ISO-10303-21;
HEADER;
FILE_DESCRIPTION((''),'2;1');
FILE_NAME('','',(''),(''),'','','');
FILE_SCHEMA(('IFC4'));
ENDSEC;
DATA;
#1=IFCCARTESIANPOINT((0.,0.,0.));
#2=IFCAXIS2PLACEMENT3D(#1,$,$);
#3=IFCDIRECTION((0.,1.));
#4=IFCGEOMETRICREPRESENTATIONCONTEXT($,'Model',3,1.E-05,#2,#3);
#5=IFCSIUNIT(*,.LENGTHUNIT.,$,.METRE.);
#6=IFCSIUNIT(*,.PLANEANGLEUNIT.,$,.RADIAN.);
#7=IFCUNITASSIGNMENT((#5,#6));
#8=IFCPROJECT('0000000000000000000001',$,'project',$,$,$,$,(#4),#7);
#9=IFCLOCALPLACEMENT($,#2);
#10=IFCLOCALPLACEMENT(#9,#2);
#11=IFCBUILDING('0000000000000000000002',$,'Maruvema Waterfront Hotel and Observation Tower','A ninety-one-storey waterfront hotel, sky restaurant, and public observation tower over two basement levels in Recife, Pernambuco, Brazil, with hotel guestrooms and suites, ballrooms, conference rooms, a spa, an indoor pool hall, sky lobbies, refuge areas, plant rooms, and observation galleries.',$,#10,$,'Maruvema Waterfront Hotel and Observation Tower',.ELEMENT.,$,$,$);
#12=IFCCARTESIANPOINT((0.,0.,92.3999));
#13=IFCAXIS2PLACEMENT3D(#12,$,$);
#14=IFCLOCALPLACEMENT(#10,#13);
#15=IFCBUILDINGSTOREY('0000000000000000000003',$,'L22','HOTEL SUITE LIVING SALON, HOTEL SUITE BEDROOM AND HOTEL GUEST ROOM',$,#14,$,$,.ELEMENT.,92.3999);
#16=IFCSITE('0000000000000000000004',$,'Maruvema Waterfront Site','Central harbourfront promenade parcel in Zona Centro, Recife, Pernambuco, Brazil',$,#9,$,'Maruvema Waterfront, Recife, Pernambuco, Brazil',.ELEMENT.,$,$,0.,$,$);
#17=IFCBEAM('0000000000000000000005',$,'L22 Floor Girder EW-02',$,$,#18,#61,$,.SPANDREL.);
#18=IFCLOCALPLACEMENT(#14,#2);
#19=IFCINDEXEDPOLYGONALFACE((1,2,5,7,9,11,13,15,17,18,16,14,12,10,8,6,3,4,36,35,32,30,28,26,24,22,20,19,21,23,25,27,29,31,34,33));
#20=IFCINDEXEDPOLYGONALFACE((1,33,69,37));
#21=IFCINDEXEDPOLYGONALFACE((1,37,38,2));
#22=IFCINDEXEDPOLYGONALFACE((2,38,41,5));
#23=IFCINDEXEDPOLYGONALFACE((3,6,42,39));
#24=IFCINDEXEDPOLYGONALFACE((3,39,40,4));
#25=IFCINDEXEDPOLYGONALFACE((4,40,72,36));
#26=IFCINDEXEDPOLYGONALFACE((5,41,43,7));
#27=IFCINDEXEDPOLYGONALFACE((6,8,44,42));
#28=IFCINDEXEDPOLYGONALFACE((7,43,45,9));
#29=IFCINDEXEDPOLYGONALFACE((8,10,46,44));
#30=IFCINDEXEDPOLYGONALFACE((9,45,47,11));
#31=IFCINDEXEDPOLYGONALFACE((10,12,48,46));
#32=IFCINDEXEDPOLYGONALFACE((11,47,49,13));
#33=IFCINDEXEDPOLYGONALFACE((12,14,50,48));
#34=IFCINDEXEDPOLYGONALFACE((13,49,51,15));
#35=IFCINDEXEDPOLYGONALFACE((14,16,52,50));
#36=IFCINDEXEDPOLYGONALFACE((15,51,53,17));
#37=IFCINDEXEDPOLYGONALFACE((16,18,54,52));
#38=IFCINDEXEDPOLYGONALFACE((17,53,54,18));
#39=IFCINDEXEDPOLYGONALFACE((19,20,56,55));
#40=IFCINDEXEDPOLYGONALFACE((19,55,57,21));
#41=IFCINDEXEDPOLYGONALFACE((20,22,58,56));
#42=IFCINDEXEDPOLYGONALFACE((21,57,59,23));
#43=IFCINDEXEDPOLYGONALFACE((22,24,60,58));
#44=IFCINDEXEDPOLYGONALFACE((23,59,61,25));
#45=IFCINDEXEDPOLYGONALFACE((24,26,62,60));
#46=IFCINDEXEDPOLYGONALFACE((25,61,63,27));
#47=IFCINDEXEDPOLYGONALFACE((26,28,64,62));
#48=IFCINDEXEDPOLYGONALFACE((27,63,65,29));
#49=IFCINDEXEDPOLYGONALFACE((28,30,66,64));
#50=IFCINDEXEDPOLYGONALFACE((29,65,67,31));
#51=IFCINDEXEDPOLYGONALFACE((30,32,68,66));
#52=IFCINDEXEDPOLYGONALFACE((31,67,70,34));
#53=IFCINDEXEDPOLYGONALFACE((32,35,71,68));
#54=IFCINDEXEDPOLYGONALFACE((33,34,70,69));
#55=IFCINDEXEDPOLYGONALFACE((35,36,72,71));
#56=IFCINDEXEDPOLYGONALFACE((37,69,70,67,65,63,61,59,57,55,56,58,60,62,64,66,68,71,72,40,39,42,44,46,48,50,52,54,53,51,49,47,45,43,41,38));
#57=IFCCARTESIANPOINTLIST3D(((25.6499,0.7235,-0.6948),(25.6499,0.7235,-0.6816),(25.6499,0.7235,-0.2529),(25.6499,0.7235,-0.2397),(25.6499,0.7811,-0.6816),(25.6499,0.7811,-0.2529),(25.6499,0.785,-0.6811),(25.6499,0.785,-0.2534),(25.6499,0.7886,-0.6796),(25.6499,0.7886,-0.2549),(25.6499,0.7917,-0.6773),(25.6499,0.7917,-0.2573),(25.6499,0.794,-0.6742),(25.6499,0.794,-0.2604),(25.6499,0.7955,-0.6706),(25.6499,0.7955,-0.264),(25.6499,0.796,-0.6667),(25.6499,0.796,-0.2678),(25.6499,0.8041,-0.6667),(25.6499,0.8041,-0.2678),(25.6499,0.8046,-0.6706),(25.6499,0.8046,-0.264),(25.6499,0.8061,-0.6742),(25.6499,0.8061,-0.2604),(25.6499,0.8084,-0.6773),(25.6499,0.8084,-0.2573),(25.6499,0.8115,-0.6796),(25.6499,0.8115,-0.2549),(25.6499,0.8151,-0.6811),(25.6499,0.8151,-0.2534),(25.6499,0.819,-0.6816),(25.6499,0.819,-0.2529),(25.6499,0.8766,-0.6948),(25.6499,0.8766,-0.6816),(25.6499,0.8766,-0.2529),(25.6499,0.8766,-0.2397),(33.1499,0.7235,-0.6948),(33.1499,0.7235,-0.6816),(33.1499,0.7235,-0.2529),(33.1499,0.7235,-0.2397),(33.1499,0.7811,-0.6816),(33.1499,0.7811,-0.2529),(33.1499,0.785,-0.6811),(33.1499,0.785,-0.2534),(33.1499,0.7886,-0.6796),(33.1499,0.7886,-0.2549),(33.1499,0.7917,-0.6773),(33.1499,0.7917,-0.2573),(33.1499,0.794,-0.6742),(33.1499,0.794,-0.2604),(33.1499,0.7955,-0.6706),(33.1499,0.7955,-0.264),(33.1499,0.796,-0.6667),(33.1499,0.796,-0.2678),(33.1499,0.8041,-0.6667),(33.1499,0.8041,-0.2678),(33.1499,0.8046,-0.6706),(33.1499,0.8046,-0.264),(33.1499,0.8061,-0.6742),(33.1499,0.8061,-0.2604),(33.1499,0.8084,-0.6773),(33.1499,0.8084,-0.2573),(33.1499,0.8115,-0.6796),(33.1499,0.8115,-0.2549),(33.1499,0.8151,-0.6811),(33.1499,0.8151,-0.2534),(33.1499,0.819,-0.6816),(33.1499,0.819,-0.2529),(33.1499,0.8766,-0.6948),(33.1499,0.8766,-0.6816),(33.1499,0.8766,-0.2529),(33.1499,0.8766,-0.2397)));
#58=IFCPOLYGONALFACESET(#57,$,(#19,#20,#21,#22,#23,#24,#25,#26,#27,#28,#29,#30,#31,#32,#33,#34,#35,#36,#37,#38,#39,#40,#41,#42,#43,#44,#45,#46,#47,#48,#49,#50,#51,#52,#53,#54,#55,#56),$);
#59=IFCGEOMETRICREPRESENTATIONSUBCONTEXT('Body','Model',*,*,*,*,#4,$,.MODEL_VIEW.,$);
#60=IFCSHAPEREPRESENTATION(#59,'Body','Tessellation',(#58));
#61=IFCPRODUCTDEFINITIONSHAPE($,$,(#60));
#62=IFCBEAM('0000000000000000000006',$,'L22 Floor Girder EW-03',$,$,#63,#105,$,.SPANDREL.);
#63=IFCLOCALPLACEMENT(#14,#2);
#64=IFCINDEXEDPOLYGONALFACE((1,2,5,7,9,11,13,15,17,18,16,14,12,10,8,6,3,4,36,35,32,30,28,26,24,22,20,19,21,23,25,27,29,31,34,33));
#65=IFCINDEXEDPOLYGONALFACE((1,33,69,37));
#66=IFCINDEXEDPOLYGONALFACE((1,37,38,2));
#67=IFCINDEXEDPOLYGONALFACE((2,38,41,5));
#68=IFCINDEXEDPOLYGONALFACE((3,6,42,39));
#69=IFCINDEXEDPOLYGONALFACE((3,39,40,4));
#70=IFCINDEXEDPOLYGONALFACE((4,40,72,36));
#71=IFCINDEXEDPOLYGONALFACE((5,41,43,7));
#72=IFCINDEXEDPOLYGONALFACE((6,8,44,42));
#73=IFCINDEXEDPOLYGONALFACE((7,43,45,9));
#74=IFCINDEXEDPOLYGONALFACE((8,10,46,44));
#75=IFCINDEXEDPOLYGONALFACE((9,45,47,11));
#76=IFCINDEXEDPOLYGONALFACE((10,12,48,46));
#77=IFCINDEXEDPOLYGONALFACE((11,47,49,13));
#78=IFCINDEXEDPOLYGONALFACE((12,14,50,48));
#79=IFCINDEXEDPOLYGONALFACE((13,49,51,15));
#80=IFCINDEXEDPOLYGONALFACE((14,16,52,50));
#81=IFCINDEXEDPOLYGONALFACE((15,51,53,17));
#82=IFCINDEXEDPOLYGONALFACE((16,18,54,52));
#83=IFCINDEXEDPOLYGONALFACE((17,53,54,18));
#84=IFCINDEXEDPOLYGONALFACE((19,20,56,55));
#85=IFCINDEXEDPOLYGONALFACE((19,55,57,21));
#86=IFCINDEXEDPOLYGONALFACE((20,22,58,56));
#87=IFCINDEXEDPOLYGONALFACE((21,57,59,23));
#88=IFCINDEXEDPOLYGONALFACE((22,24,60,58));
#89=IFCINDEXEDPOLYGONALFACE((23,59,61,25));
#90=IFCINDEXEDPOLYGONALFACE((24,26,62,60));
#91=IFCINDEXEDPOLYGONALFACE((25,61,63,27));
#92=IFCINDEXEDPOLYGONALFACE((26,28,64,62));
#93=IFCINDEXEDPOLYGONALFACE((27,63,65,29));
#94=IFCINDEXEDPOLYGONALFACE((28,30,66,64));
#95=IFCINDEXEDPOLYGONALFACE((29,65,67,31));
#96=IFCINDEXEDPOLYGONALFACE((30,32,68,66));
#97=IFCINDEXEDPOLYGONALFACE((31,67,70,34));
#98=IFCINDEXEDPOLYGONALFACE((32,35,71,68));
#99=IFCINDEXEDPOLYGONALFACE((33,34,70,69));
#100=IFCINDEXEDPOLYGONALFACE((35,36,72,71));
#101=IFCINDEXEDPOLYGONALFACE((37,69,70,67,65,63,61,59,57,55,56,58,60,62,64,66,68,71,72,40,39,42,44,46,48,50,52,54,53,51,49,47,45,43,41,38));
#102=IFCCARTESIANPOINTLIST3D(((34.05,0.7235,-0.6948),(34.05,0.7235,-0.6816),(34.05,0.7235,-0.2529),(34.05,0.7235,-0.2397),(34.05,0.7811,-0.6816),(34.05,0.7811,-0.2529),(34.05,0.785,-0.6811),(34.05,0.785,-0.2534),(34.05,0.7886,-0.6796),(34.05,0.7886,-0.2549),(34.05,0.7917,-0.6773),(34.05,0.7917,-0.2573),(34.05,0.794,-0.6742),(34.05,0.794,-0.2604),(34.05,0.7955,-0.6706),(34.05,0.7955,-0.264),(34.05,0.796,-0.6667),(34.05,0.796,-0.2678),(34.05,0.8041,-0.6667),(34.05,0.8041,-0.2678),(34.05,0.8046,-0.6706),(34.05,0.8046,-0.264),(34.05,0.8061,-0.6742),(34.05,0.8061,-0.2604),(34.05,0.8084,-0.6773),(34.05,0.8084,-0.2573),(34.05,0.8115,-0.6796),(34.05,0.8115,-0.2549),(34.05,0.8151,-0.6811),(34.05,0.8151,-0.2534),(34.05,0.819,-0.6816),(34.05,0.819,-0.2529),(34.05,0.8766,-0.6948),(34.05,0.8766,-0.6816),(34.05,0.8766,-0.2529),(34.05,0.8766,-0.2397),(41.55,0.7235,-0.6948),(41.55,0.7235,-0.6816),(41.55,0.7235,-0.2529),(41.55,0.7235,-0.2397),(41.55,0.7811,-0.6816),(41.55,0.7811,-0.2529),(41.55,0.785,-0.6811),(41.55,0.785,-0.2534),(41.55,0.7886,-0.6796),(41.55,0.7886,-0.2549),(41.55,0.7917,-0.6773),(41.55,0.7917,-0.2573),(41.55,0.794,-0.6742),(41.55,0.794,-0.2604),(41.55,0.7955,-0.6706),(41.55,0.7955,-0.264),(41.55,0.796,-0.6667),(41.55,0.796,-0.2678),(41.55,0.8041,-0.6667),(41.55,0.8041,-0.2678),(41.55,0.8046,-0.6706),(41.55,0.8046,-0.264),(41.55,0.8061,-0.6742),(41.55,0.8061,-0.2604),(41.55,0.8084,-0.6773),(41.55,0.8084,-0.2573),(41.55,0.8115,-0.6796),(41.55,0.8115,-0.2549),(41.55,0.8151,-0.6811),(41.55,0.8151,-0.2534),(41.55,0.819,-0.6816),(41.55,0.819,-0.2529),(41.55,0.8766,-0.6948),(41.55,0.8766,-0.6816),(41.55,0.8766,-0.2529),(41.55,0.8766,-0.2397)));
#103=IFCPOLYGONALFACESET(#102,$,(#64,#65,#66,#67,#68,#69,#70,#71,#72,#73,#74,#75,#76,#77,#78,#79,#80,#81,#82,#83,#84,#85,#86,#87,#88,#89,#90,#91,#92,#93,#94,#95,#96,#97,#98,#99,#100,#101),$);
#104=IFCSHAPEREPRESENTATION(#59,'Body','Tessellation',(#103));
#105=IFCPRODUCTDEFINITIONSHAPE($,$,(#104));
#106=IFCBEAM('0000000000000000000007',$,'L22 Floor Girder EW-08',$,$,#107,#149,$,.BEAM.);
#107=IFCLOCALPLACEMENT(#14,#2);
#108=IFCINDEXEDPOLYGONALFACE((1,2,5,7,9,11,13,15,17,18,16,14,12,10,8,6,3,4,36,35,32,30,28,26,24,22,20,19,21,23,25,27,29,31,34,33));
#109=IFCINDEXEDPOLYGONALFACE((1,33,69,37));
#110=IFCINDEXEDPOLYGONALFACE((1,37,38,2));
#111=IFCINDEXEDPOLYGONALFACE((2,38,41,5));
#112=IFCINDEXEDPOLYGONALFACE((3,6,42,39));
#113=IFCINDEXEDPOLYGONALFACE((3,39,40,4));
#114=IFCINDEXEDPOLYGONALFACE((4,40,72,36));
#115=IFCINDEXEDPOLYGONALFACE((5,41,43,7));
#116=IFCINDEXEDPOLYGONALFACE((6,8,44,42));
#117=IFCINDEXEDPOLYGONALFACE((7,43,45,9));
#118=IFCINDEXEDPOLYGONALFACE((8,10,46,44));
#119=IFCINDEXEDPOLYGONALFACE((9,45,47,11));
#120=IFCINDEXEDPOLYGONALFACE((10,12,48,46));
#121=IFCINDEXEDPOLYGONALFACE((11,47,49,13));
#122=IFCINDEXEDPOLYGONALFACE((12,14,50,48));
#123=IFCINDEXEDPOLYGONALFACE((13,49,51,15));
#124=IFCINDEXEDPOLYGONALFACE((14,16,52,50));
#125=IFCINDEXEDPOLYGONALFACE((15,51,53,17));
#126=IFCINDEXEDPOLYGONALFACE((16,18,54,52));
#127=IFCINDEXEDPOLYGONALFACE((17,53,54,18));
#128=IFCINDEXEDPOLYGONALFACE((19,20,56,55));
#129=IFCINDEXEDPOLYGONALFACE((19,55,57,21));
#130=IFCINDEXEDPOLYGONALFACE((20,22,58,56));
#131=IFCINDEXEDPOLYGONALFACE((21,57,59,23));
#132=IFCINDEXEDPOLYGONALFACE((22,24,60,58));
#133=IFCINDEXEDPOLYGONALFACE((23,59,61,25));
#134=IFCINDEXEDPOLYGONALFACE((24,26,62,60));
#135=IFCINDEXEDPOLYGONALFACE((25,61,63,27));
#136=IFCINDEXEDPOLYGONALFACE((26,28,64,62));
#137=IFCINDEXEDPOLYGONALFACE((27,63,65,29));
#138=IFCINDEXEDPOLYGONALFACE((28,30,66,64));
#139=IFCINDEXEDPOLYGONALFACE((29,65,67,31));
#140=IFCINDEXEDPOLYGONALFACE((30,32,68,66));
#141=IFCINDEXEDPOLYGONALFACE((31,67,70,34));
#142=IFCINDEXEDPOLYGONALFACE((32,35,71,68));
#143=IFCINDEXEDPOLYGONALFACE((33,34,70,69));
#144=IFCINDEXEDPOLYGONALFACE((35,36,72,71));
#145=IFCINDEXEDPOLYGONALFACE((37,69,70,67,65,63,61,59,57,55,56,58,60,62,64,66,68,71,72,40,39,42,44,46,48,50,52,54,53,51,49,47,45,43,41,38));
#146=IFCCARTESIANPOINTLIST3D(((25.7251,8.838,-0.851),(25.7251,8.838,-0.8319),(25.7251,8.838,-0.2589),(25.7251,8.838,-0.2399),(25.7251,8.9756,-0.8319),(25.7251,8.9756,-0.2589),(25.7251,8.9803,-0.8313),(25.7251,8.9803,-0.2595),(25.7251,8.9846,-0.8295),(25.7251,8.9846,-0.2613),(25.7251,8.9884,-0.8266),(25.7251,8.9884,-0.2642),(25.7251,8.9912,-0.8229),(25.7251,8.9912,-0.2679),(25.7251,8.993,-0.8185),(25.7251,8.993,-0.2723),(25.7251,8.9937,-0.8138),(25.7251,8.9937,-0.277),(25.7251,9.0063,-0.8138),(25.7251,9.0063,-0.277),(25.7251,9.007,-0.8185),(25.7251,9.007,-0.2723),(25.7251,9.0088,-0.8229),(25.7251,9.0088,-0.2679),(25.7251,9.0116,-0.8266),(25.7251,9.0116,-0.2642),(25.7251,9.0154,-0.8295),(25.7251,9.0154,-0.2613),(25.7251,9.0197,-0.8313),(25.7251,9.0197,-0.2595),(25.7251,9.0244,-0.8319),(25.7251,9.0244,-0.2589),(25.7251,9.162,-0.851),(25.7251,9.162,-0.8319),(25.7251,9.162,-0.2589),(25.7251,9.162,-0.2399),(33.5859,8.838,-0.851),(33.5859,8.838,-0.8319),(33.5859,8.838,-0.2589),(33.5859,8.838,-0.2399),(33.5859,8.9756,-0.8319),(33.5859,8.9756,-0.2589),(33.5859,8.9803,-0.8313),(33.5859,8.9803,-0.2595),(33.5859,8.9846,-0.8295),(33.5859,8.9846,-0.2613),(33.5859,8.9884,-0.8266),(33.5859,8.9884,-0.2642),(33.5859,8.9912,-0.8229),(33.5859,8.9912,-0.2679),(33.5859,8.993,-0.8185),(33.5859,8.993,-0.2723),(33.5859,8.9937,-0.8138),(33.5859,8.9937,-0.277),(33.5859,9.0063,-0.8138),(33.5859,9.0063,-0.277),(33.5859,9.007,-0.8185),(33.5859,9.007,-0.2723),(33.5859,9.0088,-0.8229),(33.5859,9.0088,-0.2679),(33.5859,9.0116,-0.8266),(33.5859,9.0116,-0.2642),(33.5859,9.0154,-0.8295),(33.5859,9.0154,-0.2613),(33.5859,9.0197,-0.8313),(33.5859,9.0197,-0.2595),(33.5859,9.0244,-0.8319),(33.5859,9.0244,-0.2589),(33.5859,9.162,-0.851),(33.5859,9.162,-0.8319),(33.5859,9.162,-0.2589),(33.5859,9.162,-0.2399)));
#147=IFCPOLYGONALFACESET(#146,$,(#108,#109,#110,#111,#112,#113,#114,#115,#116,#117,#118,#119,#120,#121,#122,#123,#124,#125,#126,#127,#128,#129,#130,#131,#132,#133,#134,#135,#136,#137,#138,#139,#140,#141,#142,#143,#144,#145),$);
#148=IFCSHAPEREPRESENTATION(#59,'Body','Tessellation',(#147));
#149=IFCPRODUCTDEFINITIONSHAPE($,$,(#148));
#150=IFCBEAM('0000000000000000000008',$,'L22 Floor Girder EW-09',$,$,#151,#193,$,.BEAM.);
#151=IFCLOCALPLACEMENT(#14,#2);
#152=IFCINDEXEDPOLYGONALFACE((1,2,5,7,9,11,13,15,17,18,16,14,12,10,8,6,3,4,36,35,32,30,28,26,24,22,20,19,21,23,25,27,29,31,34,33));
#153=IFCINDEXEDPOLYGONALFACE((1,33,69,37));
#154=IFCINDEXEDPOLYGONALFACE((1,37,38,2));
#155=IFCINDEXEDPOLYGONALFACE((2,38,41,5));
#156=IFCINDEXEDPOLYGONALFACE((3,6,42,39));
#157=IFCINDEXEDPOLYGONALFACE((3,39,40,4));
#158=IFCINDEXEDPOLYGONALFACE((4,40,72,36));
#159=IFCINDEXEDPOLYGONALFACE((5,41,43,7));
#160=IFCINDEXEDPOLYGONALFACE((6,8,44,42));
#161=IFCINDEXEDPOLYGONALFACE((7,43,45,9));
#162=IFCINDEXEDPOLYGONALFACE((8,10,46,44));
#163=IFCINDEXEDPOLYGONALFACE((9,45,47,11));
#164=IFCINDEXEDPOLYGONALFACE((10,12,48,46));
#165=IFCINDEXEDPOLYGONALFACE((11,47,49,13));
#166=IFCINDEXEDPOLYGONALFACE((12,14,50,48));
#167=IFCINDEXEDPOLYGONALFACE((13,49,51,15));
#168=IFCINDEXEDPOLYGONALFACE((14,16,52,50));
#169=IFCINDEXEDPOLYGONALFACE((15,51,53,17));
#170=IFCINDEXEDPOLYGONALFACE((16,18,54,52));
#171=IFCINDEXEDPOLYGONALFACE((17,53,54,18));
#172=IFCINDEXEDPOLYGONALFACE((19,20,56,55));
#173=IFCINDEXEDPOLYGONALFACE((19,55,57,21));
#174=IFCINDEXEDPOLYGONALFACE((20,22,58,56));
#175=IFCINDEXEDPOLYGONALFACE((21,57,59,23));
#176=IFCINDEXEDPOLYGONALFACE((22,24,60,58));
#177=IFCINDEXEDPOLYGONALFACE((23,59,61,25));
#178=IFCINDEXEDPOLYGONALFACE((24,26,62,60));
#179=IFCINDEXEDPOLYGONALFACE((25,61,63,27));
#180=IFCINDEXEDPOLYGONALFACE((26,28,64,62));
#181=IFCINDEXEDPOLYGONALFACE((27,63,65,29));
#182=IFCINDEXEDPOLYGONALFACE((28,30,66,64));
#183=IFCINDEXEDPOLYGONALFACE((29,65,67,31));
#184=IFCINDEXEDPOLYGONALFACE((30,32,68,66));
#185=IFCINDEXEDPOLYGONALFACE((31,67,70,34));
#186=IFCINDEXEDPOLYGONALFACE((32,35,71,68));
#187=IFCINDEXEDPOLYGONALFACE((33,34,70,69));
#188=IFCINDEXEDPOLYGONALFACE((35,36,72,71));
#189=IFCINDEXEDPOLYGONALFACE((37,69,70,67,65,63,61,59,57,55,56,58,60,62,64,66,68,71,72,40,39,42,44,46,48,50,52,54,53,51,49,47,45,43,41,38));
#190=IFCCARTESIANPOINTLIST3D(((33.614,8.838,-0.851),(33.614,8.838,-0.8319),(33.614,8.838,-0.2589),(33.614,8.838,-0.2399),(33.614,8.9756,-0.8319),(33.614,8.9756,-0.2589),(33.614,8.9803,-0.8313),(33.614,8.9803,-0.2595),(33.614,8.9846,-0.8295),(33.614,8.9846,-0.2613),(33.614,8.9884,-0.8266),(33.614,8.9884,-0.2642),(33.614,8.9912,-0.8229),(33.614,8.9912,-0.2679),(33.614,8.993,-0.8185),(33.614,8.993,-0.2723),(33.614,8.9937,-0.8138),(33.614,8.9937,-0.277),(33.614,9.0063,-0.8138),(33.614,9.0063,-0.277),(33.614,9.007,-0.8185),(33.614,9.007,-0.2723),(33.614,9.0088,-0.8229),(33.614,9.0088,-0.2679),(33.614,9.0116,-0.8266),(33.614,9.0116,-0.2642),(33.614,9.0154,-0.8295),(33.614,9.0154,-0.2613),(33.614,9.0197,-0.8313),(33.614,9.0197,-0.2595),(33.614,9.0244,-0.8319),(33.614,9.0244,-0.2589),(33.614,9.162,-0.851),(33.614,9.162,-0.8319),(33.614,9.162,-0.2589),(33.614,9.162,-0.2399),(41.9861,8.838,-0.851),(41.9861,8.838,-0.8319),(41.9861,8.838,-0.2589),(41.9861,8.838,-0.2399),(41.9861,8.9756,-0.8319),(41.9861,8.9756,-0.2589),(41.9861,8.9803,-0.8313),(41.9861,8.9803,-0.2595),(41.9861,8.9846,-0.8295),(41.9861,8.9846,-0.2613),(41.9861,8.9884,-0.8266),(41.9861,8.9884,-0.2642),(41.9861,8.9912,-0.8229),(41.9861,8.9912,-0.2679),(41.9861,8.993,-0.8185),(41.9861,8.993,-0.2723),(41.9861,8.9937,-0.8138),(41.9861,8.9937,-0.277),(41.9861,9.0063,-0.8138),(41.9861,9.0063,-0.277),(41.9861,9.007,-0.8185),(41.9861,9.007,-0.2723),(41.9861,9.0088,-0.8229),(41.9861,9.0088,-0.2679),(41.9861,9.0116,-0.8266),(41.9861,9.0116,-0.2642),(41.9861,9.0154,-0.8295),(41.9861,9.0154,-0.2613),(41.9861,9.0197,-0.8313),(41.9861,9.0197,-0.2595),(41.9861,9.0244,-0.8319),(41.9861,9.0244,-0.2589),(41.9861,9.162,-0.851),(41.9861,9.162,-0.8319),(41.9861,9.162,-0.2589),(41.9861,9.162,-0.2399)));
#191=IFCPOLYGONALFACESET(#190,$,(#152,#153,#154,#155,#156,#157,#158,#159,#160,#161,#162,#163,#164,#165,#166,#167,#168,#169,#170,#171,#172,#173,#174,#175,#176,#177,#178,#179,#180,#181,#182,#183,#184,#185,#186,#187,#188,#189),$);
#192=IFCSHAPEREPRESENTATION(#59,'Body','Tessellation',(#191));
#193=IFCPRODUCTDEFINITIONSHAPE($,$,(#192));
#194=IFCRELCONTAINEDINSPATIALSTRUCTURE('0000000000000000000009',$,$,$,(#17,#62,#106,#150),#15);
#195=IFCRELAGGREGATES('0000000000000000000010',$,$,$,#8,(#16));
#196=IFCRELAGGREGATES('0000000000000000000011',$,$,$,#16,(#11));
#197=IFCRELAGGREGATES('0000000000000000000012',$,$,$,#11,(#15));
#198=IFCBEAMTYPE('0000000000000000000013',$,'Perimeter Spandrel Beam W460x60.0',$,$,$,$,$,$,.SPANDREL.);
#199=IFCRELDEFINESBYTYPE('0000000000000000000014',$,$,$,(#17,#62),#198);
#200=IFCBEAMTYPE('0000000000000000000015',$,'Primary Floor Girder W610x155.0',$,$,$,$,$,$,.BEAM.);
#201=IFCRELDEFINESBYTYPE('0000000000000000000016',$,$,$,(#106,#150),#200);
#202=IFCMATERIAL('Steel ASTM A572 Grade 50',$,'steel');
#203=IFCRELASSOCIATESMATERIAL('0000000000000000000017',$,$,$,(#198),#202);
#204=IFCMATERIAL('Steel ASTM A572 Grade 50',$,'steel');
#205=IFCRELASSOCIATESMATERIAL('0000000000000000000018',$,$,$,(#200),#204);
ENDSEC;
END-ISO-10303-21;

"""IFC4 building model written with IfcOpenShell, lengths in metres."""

from ifc_helpers import new_model, si_unit, direction, frame, origin, origin_2d, place, context, subcontext, project, spatial, i_section, extrude, material, material_profile, profile_set, type_object, element, save


model = new_model("IFC4")

# Units and contexts
model_context = context("Model", 3, precision=1e-05, world=origin(), true_north=direction((0.0, 1.0)))
body_context = subcontext(model_context, "Body", "Model", "MODEL_VIEW")
ifc_project = project(units=[si_unit("LENGTHUNIT", "METRE"), si_unit("PLANEANGLEUNIT", "RADIAN")], contexts=[model_context])

# Site, building, storey
site_placement = place(None, origin())
site = spatial("IfcSite", under=ifc_project, at=site_placement, Name="Maruvema Waterfront Site", Description="Central harbourfront promenade parcel in Zona Centro, Recife, Pernambuco, Brazil", LongName="Maruvema Waterfront, Recife, Pernambuco, Brazil", CompositionType="ELEMENT", RefElevation=0.0)
building_placement = place(site_placement, origin())
building = spatial("IfcBuilding", under=site, at=building_placement, Name="Maruvema Waterfront Hotel and Observation Tower", Description="A ninety-one-storey waterfront hotel, sky restaurant, and public observation tower over two basement levels in Recife, Pernambuco, Brazil, with hotel guestrooms and suites, ballrooms, conference rooms, a spa, an indoor pool hall, sky lobbies, refuge areas, plant rooms, and observation galleries.", LongName="Maruvema Waterfront Hotel and Observation Tower", CompositionType="ELEMENT")
storey_placement = place(building_placement, frame((0.0, 0.0, 92.3999)))
storey = spatial("IfcBuildingStorey", under=building, at=storey_placement, Name="L22", Description="HOTEL SUITE LIVING SALON, HOTEL SUITE BEDROOM AND HOTEL GUEST ROOM", CompositionType="ELEMENT", Elevation=92.3999)

# Beams
ifc_material_1 = material(Name="Steel ASTM A572 Grade 50", Category="steel")
ifc_material_profile_1 = material_profile(ifc_material_1, i_section(OverallWidth=0.1531, OverallDepth=0.4551, WebThickness=0.0081, FlangeThickness=0.0132, FilletRadius=0.0149, at=origin_2d()), Name="W460x60.0")
ifc_profile_set_1 = profile_set([ifc_material_profile_1], Name="Steel ASTM A572 Grade 50")
beam_type_1 = type_object("IfcBeamType", Name="Perimeter Spandrel Beam W460x60.0", PredefinedType="SPANDREL", material=ifc_profile_set_1)
for number, where, z_axis, x_axis, name in (
    (1, (25.6499, 0.8, -0.4673), (1.0, 0.0, 0.0), (0.0, 1.0, 0.0), "L22 Floor Girder EW-02"),
    (2, (34.05, 0.8, -0.4673), (1.0, 0.0, 0.0), (0.0, 1.0, 0.0), "L22 Floor Girder EW-03"),
):
    element("IfcBeam", number, at=place(storey_placement, frame(where, z_axis=z_axis, x_axis=x_axis)), inside=storey, type_object=beam_type_1, Name=name, PredefinedType="SPANDREL", context=body_context, shape_type="SweptSolid", body=[
        extrude(i_section(OverallWidth=0.1531, OverallDepth=0.4551, WebThickness=0.0081, FlangeThickness=0.0132, FilletRadius=0.0149, at=origin_2d()), origin(), (0.0, 0.0, 1.0), 7.5),
    ])
ifc_material_2 = material(Name="Steel ASTM A572 Grade 50", Category="steel")
ifc_material_profile_2 = material_profile(ifc_material_2, i_section(OverallWidth=0.324, OverallDepth=0.6111, WebThickness=0.0127, FlangeThickness=0.019, FilletRadius=0.0181, at=origin_2d()), Name="W610x155.0")
ifc_profile_set_2 = profile_set([ifc_material_profile_2], Name="Steel ASTM A572 Grade 50")
beam_type_2 = type_object("IfcBeamType", Name="Primary Floor Girder W610x155.0", PredefinedType="BEAM", material=ifc_profile_set_2)
beam_1_placement = place(storey_placement, frame((25.7251, 9.0, -0.5454), z_axis=(1.0, 0.0, 0.0), x_axis=(0.0, 1.0, 0.0)))
element("IfcBeam", 3, at=beam_1_placement, inside=storey, type_object=beam_type_2, Name="L22 Floor Girder EW-08", PredefinedType="BEAM", context=body_context, shape_type="SweptSolid", body=[
    extrude(i_section(OverallWidth=0.324, OverallDepth=0.6111, WebThickness=0.0127, FlangeThickness=0.019, FilletRadius=0.0181, at=origin_2d()), origin(), (0.0, 0.0, 1.0), 7.8608),
])
beam_2_placement = place(storey_placement, frame((33.614, 9.0, -0.5454), z_axis=(1.0, 0.0, 0.0), x_axis=(0.0, 1.0, 0.0)))
element("IfcBeam", 4, at=beam_2_placement, inside=storey, type_object=beam_type_2, Name="L22 Floor Girder EW-09", PredefinedType="BEAM", context=body_context, shape_type="SweptSolid", body=[
    extrude(i_section(OverallWidth=0.324, OverallDepth=0.6111, WebThickness=0.0127, FlangeThickness=0.019, FilletRadius=0.0181, at=origin_2d()), origin(), (0.0, 0.0, 1.0), 8.3721),
])

save(model, "model.ifc")
